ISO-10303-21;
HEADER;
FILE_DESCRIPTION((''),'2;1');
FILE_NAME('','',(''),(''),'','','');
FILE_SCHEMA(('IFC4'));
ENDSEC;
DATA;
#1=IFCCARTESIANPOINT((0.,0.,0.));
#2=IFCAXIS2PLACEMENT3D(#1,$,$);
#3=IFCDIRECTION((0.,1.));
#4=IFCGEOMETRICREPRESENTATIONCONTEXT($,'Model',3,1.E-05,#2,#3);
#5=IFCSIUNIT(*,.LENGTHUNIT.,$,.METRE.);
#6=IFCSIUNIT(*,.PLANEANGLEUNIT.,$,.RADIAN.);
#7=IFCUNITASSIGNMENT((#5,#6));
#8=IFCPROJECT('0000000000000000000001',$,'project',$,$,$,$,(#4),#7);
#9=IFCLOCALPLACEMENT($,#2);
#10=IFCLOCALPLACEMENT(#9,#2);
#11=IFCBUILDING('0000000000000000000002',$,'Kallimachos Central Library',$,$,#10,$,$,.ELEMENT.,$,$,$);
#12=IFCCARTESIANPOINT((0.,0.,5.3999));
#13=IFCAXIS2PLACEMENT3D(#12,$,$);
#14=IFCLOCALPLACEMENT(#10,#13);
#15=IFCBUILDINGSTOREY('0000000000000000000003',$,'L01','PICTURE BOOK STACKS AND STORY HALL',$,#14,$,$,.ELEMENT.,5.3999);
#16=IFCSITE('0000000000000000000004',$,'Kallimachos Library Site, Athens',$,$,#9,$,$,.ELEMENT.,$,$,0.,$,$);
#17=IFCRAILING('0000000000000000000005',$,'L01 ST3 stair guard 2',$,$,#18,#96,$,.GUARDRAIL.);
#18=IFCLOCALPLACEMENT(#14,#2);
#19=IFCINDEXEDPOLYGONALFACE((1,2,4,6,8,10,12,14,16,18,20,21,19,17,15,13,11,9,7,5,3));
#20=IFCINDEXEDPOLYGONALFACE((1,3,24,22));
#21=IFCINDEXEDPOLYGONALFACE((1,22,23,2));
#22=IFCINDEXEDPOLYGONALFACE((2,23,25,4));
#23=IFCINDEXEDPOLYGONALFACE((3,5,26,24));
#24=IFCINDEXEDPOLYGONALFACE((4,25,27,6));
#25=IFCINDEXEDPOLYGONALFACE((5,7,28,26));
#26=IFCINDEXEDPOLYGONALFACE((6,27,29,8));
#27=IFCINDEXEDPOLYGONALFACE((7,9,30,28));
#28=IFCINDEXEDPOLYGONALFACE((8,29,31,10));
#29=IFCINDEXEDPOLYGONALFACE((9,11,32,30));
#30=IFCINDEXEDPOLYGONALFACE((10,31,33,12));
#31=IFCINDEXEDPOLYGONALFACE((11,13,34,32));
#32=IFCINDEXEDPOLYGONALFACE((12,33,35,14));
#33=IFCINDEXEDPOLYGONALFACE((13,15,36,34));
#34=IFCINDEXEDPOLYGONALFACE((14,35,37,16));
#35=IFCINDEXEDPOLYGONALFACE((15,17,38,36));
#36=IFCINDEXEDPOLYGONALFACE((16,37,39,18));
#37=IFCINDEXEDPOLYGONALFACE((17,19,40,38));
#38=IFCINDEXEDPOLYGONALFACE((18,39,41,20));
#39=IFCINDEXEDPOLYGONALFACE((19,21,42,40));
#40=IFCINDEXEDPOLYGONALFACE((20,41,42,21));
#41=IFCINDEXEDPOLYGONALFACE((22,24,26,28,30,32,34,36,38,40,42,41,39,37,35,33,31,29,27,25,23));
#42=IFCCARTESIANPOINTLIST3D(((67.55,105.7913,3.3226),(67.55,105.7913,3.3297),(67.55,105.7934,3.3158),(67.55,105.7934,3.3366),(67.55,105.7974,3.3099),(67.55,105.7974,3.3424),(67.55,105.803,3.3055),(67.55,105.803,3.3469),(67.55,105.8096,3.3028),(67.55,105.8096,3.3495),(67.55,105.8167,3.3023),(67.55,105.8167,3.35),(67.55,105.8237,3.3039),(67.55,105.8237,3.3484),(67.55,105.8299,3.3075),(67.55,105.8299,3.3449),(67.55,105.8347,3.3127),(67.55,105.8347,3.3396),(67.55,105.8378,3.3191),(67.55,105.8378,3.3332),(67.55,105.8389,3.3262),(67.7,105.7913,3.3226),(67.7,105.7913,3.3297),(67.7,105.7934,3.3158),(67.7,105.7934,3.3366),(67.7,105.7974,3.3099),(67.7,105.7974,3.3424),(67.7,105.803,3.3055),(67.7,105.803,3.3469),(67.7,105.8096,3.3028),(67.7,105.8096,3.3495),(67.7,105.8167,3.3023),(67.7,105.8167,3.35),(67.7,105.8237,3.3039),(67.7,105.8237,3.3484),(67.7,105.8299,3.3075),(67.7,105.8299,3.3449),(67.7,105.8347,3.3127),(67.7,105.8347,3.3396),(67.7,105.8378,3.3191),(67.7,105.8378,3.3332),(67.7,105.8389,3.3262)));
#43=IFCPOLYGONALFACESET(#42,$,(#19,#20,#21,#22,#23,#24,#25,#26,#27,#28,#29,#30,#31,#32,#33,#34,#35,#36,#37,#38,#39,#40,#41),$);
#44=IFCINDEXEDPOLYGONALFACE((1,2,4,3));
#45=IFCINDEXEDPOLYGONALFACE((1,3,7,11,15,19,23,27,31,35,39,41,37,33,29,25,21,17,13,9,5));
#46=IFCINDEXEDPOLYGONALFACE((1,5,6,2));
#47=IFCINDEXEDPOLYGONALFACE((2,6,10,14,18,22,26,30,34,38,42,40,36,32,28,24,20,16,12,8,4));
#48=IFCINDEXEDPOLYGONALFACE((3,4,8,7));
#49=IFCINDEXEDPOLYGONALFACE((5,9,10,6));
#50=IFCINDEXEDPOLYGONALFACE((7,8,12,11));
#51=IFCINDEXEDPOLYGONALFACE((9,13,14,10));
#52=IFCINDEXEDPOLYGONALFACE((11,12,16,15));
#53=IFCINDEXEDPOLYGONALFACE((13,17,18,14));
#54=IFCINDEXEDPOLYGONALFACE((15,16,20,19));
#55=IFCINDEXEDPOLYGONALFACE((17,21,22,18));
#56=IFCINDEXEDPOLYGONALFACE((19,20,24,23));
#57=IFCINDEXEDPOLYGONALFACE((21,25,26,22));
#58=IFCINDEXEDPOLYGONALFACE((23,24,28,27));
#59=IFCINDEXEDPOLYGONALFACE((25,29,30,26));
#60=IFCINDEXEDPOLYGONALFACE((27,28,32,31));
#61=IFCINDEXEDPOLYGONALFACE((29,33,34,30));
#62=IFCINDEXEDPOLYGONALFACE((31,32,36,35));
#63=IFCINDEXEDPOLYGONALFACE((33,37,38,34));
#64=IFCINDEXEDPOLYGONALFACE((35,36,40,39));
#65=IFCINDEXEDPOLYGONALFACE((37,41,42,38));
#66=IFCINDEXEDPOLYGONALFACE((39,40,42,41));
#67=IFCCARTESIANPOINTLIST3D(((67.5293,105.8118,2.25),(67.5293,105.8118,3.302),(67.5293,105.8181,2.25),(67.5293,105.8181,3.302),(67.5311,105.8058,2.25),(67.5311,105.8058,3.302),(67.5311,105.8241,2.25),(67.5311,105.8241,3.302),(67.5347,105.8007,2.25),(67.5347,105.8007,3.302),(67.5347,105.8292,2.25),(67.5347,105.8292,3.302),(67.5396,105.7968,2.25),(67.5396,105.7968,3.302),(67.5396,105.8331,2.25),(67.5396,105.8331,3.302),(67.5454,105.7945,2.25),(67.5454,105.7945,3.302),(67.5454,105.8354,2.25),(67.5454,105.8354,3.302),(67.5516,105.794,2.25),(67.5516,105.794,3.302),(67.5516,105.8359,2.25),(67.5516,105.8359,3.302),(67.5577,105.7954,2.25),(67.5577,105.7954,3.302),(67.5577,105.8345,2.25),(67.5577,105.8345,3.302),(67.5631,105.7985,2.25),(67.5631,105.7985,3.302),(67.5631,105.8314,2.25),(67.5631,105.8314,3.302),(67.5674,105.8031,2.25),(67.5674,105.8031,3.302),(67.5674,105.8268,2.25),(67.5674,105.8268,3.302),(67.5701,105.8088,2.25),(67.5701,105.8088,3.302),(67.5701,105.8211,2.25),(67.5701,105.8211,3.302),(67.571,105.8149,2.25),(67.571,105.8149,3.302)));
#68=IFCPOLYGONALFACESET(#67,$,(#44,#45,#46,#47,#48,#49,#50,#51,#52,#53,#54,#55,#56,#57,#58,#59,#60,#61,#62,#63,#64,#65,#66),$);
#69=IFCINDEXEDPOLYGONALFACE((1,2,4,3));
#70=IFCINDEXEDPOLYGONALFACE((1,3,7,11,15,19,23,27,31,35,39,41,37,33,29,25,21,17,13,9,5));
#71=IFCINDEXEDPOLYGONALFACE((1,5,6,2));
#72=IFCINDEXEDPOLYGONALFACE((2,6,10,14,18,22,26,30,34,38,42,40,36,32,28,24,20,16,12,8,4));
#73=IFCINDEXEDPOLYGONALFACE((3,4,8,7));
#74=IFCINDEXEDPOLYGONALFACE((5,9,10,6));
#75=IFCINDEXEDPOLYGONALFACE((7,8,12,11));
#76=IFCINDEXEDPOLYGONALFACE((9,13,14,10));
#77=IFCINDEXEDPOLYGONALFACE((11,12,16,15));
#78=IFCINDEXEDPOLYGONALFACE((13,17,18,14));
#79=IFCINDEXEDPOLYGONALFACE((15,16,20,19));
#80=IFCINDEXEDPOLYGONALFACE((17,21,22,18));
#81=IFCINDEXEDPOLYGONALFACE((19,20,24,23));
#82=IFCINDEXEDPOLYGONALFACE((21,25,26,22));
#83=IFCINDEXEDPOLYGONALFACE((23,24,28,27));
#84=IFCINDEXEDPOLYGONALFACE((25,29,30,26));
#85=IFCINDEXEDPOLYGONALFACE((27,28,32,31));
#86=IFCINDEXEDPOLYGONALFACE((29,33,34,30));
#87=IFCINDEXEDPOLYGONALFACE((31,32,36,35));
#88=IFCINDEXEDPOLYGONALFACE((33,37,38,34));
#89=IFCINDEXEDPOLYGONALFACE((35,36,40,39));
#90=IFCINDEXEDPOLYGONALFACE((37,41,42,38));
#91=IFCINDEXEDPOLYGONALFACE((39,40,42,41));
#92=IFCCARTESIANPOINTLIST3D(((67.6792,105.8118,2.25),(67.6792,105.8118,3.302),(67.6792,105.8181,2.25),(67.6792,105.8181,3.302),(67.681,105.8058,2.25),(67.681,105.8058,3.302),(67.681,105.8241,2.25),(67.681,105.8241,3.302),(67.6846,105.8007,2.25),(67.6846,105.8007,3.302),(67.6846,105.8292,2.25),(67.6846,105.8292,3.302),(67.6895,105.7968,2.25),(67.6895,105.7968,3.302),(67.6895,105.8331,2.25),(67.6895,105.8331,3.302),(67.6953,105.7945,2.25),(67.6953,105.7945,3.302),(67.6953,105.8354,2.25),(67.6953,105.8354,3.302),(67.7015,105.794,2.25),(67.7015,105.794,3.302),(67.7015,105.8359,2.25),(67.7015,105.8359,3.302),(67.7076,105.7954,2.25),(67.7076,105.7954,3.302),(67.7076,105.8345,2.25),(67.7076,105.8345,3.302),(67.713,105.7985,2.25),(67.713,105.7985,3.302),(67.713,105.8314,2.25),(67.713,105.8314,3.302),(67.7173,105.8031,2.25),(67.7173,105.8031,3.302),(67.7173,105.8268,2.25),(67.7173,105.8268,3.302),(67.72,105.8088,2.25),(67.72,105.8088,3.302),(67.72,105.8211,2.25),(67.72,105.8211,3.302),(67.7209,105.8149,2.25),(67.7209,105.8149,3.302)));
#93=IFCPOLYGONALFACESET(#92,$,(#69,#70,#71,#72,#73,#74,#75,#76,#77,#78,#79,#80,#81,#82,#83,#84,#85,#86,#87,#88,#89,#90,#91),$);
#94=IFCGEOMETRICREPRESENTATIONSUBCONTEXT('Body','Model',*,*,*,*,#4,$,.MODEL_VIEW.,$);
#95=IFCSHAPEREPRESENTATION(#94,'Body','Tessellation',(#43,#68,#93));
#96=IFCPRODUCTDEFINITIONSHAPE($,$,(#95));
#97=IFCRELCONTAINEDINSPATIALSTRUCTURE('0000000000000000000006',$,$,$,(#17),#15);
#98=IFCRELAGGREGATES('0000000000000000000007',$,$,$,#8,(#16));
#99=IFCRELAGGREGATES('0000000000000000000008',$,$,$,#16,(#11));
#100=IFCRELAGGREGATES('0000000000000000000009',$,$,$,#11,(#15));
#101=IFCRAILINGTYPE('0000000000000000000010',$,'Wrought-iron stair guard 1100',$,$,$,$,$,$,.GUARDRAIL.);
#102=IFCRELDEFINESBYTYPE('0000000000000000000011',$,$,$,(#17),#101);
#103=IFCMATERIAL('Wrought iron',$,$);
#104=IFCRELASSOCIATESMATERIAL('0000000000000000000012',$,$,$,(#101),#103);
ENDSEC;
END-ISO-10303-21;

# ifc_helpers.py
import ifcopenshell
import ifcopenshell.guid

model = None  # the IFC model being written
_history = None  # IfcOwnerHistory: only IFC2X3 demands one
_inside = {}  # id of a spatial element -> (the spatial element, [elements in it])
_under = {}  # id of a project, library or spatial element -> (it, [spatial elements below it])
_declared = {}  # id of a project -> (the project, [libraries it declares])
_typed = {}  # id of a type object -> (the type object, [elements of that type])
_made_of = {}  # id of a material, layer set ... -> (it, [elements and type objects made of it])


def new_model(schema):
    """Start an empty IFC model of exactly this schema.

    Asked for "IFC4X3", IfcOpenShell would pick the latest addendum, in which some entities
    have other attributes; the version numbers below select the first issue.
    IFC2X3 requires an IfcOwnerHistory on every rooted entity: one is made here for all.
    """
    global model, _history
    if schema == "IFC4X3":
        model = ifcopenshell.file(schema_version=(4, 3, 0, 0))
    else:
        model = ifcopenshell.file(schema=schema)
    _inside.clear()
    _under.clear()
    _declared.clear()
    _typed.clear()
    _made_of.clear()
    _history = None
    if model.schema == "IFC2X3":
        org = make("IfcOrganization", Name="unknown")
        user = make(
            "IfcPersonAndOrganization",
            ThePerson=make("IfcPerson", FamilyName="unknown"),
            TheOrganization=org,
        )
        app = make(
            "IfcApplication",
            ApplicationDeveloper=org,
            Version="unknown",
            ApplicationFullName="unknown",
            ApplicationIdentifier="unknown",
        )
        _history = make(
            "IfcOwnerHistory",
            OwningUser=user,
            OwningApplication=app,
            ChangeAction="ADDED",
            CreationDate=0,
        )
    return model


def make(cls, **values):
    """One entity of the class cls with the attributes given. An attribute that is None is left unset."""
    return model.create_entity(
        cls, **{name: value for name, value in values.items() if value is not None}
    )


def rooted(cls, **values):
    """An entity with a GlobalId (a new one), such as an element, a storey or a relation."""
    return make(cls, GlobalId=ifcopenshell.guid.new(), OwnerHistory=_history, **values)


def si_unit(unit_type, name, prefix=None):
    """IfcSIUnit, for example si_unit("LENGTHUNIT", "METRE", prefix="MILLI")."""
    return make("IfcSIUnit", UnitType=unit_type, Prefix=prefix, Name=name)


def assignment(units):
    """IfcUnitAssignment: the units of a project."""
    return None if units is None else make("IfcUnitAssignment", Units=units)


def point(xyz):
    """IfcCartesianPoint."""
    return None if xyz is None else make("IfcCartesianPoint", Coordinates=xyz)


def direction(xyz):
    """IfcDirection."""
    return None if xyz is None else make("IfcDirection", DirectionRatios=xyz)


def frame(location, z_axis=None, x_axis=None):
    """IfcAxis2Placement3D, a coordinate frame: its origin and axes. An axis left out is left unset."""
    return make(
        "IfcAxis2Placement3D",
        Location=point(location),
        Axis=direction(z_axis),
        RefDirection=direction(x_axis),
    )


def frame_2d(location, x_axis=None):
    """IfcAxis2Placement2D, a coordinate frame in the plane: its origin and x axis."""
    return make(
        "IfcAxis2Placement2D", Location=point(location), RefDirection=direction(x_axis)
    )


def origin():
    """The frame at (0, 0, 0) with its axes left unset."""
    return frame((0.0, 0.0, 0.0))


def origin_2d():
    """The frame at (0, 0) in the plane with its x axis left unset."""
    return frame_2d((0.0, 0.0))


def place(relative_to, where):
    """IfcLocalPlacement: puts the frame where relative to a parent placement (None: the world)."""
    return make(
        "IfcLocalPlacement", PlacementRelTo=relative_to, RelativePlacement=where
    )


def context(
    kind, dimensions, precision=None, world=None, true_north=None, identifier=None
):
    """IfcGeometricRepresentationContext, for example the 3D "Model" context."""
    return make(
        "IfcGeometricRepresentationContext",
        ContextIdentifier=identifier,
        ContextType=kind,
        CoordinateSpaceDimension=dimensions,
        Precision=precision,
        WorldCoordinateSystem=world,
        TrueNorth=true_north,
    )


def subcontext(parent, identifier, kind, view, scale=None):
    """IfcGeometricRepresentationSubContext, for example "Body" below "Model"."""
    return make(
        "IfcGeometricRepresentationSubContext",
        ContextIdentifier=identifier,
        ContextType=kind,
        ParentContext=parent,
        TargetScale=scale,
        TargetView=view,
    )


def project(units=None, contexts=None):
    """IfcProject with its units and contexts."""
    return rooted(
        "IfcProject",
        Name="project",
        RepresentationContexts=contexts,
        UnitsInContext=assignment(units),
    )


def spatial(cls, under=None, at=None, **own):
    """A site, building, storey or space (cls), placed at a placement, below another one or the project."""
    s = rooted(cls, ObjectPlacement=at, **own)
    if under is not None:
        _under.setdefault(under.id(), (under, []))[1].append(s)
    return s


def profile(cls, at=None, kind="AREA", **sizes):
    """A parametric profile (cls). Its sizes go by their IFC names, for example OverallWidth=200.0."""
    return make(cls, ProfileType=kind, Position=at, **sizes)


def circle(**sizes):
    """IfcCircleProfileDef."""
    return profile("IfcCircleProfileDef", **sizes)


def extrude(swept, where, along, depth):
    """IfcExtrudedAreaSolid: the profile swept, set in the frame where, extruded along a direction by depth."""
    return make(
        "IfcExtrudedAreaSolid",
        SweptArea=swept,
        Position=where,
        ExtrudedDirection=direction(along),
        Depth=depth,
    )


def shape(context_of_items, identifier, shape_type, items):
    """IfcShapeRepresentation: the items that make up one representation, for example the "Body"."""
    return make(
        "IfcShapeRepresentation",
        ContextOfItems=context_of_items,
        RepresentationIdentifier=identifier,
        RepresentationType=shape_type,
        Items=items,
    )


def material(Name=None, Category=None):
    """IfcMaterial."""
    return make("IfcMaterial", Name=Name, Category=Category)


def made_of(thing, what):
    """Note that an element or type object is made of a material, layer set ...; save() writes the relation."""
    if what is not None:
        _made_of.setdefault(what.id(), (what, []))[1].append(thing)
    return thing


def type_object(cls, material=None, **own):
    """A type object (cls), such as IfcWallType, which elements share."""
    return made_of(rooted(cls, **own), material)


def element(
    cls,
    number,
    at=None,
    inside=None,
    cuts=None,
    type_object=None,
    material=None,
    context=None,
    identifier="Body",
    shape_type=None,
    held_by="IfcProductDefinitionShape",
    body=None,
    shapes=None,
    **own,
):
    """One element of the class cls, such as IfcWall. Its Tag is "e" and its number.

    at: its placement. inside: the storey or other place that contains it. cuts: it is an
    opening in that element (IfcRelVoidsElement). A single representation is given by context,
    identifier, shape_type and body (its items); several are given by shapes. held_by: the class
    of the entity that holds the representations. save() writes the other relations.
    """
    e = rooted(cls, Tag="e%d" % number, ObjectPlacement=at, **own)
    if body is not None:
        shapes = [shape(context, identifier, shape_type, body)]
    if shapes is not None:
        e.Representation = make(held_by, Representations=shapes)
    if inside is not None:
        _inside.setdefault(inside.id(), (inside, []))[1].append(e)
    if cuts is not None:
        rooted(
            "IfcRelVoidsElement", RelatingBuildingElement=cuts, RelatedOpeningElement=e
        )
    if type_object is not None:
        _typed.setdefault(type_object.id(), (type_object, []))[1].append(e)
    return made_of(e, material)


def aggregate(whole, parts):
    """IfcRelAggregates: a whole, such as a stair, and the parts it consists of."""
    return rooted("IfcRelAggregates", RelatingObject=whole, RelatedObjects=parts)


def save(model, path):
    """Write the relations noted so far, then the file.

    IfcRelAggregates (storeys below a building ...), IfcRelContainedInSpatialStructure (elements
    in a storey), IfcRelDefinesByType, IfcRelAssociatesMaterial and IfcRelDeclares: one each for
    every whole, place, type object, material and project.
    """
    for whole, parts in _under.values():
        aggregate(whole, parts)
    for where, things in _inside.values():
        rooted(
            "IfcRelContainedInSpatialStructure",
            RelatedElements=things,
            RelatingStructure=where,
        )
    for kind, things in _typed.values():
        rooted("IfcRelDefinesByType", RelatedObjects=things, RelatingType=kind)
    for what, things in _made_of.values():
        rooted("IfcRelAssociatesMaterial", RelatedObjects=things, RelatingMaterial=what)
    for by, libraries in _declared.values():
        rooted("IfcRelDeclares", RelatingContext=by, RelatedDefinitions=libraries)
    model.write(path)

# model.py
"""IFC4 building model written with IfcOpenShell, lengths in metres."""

from ifc_helpers import new_model, si_unit, direction, frame, origin, origin_2d, place, context, subcontext, project, spatial, circle, extrude, material, type_object, element, save


model = new_model("IFC4")

# Units and contexts
model_context = context("Model", 3, precision=1e-05, world=origin(), true_north=direction((0.0, 1.0)))
body_context = subcontext(model_context, "Body", "Model", "MODEL_VIEW")
ifc_project = project(units=[si_unit("LENGTHUNIT", "METRE"), si_unit("PLANEANGLEUNIT", "RADIAN")], contexts=[model_context])

# Site, building, storey
site_placement = place(None, origin())
site = spatial("IfcSite", under=ifc_project, at=site_placement, Name="Kallimachos Library Site, Athens", CompositionType="ELEMENT", RefElevation=0.0)
building_placement = place(site_placement, origin())
building = spatial("IfcBuilding", under=site, at=building_placement, Name="Kallimachos Central Library", CompositionType="ELEMENT")
storey_placement = place(building_placement, frame((0.0, 0.0, 5.3999)))
storey = spatial("IfcBuildingStorey", under=building, at=storey_placement, Name="L01", Description="PICTURE BOOK STACKS AND STORY HALL", CompositionType="ELEMENT", Elevation=5.3999)

# Railing
ifc_material_1 = material(Name="Wrought iron")
railing_type_1 = type_object("IfcRailingType", Name="Wrought-iron stair guard 1100", PredefinedType="GUARDRAIL", material=ifc_material_1)
railing_1_placement = place(storey_placement, frame((67.55, 105.8149, 2.25)))
element("IfcRailing", 1, at=railing_1_placement, inside=storey, type_object=railing_type_1, Name="L01 ST3 stair guard 2", PredefinedType="GUARDRAIL", context=body_context, shape_type="SweptSolid", body=[
    extrude(circle(Radius=0.0239, at=origin_2d()), frame((0.0, 0.0, 1.0762), z_axis=(1.0, 0.0, 0.0), x_axis=(0.0, 1.0, 0.0)), (0.0, 0.0, 1.0), 0.1499),
    extrude(circle(Radius=0.021, at=origin_2d()), origin(), (0.0, 0.0, 1.0), 1.052),
    extrude(circle(Radius=0.021, at=origin_2d()), frame((0.1499, 0.0, 0.0)), (0.0, 0.0, 1.0), 1.052),
])

save(model, "model.ifc")
